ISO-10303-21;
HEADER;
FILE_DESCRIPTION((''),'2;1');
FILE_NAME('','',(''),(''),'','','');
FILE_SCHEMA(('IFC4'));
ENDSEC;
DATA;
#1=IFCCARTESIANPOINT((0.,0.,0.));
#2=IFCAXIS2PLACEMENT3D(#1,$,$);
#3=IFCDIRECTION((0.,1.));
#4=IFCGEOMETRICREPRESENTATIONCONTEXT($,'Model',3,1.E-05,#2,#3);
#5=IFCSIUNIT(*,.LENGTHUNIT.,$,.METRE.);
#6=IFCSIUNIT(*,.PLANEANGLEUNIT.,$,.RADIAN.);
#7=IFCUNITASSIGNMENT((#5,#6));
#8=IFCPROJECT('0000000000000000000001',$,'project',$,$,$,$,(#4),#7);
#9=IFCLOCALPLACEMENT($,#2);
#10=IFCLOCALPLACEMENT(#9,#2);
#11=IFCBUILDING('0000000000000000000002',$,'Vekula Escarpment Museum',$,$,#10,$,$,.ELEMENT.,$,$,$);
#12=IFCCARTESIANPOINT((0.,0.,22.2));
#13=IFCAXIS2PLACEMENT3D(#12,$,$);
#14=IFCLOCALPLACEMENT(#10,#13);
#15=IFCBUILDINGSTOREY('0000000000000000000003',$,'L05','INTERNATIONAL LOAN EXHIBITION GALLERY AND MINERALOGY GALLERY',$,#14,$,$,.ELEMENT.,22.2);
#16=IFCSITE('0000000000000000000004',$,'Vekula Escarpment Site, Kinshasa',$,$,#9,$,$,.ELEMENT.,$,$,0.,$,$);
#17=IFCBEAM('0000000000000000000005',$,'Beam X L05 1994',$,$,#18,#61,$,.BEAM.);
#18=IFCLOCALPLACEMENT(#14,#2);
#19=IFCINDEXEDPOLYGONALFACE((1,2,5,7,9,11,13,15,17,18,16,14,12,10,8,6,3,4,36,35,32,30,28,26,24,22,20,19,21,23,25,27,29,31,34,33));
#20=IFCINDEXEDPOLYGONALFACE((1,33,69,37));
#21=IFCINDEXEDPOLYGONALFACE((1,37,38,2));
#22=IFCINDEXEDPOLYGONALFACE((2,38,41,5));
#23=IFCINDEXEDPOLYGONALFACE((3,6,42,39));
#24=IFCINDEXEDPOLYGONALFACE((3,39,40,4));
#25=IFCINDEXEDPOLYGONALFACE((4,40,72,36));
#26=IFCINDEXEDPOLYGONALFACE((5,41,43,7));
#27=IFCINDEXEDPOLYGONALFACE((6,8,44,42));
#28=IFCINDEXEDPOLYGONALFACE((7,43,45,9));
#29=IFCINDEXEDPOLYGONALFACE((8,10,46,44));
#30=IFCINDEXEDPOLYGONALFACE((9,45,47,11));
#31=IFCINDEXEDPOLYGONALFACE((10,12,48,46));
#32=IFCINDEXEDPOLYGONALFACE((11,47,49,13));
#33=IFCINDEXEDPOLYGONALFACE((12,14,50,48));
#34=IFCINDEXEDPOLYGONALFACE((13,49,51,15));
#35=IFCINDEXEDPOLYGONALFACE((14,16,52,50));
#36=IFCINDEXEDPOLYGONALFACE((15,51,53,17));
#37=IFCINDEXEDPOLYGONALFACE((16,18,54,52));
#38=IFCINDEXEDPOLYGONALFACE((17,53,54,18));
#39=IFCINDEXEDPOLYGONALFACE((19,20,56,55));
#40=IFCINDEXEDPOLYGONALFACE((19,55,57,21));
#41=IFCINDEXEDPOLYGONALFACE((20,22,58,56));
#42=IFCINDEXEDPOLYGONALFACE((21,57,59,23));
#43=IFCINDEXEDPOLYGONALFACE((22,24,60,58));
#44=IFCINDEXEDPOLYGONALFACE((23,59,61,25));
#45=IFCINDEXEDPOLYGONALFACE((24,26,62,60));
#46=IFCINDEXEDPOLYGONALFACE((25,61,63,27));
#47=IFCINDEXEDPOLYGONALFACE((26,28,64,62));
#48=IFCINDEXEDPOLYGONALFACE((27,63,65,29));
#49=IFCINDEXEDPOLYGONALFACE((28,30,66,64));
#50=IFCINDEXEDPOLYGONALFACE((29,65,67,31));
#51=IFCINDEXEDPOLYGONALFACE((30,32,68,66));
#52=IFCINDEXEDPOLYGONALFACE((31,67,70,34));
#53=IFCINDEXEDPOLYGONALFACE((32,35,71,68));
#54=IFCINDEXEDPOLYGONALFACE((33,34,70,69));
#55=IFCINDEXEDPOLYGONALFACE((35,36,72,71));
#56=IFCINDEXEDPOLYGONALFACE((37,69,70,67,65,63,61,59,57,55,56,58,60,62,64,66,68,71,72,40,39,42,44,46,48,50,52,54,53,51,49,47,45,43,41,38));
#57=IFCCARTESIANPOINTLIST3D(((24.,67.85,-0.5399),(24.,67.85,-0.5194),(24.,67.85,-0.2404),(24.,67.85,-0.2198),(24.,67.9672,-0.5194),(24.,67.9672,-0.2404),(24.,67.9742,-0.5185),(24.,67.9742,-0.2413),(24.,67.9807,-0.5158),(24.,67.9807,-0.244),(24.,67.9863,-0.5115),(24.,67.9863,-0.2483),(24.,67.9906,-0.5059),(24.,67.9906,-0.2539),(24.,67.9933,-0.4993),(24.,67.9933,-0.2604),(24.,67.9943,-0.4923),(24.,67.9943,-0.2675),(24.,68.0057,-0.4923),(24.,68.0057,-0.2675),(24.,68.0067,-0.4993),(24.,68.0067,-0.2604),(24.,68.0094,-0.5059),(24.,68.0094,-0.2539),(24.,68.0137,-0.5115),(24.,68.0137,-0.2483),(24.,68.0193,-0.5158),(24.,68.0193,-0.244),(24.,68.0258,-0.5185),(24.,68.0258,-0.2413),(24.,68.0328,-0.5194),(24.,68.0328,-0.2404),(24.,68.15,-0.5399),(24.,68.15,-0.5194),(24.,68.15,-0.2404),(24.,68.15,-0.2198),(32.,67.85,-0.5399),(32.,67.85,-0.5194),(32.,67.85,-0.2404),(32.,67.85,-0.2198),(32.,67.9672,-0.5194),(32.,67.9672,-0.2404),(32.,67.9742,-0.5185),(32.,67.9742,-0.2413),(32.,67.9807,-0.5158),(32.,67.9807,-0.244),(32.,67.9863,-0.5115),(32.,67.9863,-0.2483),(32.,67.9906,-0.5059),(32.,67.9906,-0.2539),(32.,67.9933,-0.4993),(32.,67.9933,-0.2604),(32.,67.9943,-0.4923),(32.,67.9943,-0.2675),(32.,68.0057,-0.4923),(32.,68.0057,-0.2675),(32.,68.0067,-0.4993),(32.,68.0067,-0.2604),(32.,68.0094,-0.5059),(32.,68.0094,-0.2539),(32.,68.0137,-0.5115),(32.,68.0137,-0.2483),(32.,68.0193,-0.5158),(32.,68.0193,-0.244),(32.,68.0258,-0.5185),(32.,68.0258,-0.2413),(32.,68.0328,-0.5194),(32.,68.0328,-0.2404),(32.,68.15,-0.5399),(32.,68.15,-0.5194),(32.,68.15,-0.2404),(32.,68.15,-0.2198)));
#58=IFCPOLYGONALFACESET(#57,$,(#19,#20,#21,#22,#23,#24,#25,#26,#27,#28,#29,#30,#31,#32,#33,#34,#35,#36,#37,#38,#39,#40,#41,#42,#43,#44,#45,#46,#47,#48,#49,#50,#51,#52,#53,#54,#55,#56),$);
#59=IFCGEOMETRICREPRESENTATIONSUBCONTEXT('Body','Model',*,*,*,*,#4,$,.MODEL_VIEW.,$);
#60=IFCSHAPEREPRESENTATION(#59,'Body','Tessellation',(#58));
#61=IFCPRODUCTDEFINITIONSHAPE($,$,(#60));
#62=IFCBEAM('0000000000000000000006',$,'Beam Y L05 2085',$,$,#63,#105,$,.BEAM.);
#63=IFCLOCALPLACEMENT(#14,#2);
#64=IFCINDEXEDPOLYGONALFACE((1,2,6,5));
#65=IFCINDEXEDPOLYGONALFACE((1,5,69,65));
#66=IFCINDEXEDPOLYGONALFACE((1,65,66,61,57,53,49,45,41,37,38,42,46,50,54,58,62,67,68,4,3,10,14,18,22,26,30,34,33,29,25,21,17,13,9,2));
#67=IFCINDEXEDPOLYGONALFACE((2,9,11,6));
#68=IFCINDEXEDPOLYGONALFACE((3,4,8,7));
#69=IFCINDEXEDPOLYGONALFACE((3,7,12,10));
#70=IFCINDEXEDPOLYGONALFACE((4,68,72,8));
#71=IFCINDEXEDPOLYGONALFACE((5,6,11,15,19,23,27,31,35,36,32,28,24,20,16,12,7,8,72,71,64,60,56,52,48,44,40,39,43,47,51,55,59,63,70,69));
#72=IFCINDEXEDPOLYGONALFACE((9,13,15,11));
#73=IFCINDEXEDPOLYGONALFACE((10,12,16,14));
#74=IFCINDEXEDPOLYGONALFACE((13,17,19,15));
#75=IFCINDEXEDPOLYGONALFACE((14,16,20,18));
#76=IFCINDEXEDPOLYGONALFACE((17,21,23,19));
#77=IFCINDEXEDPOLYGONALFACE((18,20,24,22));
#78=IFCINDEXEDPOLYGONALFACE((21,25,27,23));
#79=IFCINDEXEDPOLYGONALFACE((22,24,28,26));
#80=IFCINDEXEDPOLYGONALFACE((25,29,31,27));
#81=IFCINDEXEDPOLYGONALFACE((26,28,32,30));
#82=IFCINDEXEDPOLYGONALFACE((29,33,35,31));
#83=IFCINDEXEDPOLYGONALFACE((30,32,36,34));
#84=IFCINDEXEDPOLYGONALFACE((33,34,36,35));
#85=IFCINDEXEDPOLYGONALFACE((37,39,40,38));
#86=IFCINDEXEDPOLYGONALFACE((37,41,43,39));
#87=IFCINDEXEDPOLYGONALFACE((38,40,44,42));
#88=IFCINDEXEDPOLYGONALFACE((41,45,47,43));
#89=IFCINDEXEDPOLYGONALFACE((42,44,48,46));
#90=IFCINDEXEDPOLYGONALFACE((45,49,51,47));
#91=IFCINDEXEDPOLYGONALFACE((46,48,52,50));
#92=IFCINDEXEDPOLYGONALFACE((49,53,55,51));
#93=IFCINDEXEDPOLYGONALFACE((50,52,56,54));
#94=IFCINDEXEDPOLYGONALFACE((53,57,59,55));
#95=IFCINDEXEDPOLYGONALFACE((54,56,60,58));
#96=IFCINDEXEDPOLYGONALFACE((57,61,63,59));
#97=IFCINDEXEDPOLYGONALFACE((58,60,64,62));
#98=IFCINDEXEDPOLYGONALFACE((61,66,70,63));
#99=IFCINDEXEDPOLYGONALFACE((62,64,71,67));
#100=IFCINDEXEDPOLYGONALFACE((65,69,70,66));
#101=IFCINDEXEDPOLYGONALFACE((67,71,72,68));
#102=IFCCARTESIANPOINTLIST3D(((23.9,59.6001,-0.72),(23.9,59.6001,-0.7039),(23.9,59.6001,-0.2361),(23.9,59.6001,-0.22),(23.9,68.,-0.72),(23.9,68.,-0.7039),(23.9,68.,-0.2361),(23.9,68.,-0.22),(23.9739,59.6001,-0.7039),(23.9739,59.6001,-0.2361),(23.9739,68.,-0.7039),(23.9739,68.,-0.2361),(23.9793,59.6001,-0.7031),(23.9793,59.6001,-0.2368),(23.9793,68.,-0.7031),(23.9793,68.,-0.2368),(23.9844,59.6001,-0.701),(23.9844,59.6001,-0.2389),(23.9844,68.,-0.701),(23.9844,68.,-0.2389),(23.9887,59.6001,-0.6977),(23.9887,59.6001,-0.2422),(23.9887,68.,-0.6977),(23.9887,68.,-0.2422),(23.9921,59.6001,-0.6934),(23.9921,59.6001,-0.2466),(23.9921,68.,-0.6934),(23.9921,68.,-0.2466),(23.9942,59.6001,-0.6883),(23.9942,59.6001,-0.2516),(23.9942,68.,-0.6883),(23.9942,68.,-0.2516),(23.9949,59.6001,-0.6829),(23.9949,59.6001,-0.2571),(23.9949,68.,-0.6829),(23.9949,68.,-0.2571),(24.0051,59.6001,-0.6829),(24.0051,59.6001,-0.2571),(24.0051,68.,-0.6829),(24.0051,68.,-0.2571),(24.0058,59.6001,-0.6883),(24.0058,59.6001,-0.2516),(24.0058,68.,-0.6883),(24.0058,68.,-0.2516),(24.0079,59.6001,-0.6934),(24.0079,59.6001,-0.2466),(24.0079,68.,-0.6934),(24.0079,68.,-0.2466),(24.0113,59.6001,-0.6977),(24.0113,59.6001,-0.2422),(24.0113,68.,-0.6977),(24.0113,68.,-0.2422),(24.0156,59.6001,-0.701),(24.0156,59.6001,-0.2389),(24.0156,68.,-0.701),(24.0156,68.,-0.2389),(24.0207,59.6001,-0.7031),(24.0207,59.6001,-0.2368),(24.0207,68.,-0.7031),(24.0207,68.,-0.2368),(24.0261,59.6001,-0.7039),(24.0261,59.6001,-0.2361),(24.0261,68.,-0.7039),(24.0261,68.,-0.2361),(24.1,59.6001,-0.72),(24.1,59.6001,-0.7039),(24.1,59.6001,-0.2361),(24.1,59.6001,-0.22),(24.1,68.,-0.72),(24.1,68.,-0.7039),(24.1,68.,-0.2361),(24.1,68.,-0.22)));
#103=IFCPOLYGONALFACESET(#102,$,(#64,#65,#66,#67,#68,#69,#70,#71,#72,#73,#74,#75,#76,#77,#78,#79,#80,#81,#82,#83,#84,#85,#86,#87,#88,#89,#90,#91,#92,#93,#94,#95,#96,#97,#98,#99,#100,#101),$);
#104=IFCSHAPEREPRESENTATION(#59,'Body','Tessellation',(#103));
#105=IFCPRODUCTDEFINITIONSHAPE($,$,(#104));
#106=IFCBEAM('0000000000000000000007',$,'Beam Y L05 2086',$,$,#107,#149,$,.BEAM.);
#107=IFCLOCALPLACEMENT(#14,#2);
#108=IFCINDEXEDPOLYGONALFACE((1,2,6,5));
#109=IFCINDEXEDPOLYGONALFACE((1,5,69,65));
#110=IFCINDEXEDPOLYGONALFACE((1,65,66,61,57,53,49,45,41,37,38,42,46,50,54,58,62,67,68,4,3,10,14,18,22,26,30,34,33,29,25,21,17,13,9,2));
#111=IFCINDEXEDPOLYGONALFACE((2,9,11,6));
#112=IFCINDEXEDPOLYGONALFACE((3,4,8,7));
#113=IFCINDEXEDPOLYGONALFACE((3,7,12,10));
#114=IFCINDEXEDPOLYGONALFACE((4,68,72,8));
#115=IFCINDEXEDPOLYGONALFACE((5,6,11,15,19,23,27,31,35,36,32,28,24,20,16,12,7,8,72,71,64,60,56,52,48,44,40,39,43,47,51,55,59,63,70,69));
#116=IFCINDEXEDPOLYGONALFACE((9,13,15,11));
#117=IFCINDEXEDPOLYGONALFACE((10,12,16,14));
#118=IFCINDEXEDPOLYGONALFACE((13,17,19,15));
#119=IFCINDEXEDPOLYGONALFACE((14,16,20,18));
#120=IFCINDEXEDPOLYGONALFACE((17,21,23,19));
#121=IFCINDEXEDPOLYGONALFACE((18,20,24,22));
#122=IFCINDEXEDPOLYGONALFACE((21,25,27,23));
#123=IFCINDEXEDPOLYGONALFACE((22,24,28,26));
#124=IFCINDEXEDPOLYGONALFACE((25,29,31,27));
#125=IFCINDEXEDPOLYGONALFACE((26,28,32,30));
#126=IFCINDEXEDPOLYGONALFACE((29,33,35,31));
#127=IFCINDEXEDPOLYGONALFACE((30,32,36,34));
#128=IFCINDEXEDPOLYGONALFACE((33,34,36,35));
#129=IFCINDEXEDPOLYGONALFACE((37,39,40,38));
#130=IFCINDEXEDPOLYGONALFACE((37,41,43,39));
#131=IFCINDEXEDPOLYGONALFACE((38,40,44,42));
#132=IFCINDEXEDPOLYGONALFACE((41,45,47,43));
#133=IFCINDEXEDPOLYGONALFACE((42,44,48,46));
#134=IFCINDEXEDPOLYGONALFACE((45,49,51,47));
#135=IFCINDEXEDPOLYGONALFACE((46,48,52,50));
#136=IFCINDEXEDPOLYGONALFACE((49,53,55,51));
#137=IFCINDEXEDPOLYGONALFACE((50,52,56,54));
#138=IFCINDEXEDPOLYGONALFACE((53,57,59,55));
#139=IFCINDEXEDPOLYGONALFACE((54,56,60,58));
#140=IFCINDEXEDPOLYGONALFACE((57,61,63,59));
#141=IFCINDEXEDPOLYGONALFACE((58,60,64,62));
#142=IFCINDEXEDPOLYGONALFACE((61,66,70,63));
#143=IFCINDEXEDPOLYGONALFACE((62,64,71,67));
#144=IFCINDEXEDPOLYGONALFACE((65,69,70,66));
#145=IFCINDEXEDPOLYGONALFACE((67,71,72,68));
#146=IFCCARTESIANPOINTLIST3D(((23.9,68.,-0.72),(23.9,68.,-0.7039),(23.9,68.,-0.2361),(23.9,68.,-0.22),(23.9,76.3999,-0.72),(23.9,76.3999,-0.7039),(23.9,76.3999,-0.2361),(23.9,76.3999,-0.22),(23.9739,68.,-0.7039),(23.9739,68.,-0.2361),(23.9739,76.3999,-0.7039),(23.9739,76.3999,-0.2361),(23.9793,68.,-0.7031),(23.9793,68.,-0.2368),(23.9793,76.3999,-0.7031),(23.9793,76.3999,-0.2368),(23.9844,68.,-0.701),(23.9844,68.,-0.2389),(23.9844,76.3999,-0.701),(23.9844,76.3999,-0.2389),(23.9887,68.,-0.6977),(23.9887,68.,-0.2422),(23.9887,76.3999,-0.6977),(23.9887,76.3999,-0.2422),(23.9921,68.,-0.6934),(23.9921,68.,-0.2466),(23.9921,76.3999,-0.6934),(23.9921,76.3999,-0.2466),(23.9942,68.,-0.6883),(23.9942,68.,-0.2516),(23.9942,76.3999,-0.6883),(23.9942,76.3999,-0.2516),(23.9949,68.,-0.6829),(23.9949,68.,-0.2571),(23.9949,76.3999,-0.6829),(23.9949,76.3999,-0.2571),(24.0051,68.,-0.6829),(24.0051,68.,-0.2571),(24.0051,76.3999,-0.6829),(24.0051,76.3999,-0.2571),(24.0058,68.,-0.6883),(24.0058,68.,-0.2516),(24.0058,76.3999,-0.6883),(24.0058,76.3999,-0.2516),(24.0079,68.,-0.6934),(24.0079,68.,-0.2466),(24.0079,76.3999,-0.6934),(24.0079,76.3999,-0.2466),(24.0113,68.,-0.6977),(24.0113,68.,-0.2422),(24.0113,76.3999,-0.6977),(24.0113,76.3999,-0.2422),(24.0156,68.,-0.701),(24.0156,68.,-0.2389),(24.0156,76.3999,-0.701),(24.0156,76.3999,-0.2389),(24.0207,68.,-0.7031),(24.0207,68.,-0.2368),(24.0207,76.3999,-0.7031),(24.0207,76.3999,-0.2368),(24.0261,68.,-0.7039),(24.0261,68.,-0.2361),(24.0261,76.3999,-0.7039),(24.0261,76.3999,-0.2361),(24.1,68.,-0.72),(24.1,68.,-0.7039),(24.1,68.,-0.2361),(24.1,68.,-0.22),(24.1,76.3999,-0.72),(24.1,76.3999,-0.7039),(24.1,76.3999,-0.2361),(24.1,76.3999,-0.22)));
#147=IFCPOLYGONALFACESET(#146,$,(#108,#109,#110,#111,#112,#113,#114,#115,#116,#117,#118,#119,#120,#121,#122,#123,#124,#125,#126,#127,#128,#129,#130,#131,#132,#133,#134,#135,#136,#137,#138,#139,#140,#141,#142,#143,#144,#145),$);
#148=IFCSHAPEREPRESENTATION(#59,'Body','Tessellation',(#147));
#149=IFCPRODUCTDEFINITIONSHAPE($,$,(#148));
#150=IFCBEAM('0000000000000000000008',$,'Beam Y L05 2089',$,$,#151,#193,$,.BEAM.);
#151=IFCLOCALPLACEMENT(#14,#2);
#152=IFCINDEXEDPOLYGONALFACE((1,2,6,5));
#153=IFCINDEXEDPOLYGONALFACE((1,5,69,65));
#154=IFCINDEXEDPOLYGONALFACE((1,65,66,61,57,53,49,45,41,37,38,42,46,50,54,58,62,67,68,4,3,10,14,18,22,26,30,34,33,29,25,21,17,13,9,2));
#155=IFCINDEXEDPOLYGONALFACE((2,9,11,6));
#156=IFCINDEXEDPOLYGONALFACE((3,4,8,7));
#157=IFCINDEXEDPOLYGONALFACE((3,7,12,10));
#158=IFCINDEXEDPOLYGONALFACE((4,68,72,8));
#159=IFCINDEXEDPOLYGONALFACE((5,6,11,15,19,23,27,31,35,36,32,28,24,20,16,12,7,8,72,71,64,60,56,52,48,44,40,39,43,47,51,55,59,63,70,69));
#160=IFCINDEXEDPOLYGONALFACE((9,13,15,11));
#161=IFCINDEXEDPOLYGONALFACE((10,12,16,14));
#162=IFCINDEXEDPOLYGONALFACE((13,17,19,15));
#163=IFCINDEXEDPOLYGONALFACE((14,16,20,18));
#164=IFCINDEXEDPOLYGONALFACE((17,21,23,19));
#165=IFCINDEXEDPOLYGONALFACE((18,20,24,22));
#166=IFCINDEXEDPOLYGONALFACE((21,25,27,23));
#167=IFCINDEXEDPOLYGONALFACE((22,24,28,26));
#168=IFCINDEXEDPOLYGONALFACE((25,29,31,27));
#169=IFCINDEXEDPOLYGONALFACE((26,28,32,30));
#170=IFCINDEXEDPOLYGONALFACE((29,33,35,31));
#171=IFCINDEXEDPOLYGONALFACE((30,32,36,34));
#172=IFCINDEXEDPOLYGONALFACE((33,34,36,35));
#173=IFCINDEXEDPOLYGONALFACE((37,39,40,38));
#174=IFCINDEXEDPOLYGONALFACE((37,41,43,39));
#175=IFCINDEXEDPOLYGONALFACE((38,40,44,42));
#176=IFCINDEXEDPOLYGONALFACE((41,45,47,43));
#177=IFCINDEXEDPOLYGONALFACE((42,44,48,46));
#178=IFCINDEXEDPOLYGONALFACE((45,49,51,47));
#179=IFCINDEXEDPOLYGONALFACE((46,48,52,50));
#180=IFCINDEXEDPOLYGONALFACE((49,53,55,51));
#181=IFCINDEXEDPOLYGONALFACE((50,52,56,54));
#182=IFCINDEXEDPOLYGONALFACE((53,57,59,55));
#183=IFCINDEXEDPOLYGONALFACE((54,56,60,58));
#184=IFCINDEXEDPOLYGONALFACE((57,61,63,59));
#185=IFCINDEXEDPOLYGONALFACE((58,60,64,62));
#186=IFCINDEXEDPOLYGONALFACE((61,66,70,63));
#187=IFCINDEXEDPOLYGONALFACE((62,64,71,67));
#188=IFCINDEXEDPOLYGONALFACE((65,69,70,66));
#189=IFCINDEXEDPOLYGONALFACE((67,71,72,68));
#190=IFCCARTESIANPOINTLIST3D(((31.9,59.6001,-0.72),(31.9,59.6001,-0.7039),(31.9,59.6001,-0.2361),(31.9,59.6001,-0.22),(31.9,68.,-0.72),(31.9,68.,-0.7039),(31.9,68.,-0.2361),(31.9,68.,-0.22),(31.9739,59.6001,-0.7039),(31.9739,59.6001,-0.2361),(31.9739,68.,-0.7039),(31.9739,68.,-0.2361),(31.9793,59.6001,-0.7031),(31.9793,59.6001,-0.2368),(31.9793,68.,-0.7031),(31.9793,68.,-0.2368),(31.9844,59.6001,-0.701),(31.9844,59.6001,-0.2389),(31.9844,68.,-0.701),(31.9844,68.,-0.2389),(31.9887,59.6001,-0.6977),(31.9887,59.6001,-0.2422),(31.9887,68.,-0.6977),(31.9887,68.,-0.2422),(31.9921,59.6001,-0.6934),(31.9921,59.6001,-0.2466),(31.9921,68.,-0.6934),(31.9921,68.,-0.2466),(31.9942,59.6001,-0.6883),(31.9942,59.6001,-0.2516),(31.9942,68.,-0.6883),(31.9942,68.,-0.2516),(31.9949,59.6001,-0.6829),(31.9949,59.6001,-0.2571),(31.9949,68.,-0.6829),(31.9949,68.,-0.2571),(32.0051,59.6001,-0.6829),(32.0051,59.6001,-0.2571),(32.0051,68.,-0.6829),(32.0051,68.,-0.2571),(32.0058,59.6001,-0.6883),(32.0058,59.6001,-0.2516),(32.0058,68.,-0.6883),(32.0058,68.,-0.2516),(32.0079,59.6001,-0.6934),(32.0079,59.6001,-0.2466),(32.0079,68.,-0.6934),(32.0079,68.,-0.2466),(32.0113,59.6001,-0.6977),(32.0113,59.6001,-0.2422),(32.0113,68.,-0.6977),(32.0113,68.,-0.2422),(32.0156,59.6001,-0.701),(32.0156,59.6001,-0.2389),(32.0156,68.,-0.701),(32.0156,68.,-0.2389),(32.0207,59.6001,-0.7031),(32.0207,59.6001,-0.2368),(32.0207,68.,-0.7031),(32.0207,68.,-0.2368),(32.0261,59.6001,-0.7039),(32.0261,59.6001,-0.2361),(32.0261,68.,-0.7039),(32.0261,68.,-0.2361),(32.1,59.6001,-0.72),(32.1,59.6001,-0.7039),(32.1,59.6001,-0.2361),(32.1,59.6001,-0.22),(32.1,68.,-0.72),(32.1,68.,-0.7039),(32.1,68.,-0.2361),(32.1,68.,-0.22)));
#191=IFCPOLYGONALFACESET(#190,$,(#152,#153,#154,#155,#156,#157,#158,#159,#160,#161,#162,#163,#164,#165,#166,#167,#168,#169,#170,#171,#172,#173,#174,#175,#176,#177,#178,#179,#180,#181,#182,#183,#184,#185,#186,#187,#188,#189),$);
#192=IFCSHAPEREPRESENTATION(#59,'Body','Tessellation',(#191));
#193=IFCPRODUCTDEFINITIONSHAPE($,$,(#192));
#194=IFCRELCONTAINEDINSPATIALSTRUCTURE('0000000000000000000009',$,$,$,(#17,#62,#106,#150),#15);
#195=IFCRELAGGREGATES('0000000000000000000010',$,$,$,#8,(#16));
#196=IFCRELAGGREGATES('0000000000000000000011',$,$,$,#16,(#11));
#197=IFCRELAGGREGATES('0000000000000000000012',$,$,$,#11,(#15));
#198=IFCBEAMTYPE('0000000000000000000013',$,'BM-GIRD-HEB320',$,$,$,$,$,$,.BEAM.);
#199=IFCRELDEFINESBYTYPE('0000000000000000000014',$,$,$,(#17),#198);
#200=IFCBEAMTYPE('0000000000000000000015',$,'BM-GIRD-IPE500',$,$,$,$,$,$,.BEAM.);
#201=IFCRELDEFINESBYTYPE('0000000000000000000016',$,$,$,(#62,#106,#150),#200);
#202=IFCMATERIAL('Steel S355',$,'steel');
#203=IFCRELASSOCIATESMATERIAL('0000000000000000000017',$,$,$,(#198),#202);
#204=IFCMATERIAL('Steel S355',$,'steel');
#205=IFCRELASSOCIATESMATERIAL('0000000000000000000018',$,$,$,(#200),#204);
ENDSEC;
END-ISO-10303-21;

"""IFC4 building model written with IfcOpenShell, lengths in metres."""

from ifc_helpers import new_model, si_unit, direction, frame, origin, origin_2d, place, context, subcontext, project, spatial, i_section, extrude, material, material_profile, profile_set, type_object, element, save


model = new_model("IFC4")

# Units and contexts
model_context = context("Model", 3, precision=1e-05, world=origin(), true_north=direction((0.0, 1.0)))
body_context = subcontext(model_context, "Body", "Model", "MODEL_VIEW")
ifc_project = project(units=[si_unit("LENGTHUNIT", "METRE"), si_unit("PLANEANGLEUNIT", "RADIAN")], contexts=[model_context])

# Site, building, storey
site_placement = place(None, origin())
site = spatial("IfcSite", under=ifc_project, at=site_placement, Name="Vekula Escarpment Site, Kinshasa", CompositionType="ELEMENT", RefElevation=0.0)
building_placement = place(site_placement, origin())
building = spatial("IfcBuilding", under=site, at=building_placement, Name="Vekula Escarpment Museum", CompositionType="ELEMENT")
storey_placement = place(building_placement, frame((0.0, 0.0, 22.2)))
storey = spatial("IfcBuildingStorey", under=building, at=storey_placement, Name="L05", Description="INTERNATIONAL LOAN EXHIBITION GALLERY AND MINERALOGY GALLERY", CompositionType="ELEMENT", Elevation=22.2)

# Beams
ifc_material_1 = material(Name="Steel S355", Category="steel")
ifc_material_profile_1 = material_profile(ifc_material_1, i_section(OverallWidth=0.3, OverallDepth=0.3201, WebThickness=0.0115, FlangeThickness=0.0205, FilletRadius=0.0271, at=origin_2d()), Name="HEB 320")
ifc_profile_set_1 = profile_set([ifc_material_profile_1], Name="Steel S355")
beam_type_1 = type_object("IfcBeamType", Name="BM-GIRD-HEB320", PredefinedType="BEAM", material=ifc_profile_set_1)
beam_1_placement = place(storey_placement, frame((24.0, 68.0, -0.3799), z_axis=(1.0, 0.0, 0.0), x_axis=(0.0, 1.0, 0.0)))
element("IfcBeam", 1, at=beam_1_placement, inside=storey, type_object=beam_type_1, Name="Beam X L05 1994", PredefinedType="BEAM", context=body_context, shape_type="SweptSolid", body=[
    extrude(i_section(OverallWidth=0.3, OverallDepth=0.3201, WebThickness=0.0115, FlangeThickness=0.0205, FilletRadius=0.0271, at=origin_2d()), origin(), (0.0, 0.0, 1.0), 8.0),
])
ifc_material_2 = material(Name="Steel S355", Category="steel")
ifc_material_profile_2 = material_profile(ifc_material_2, i_section(OverallWidth=0.2, OverallDepth=0.5, WebThickness=0.0103, FlangeThickness=0.0161, FilletRadius=0.021, at=origin_2d()), Name="IPE 500")
ifc_profile_set_2 = profile_set([ifc_material_profile_2], Name="Steel S355")
beam_type_2 = type_object("IfcBeamType", Name="BM-GIRD-IPE500", PredefinedType="BEAM", material=ifc_profile_set_2)
for number, where, z_axis, x_axis, name in (
    (2, (24.0, 59.6001, -0.47), (0.0, 1.0, 0.0), (-1.0, 0.0, 0.0), "Beam Y L05 2085"),
    (3, (24.0, 68.0, -0.47), (0.0, 1.0, 0.0), (-1.0, 0.0, 0.0), "Beam Y L05 2086"),
    (4, (32.0, 59.6001, -0.47), (0.0, 1.0, 0.0), (-1.0, 0.0, 0.0), "Beam Y L05 2089"),
):
    element("IfcBeam", number, at=place(storey_placement, frame(where, z_axis=z_axis, x_axis=x_axis)), inside=storey, type_object=beam_type_2, Name=name, PredefinedType="BEAM", context=body_context, shape_type="SweptSolid", body=[
        extrude(i_section(OverallWidth=0.2, OverallDepth=0.5, WebThickness=0.0103, FlangeThickness=0.0161, FilletRadius=0.021, at=origin_2d()), origin(), (0.0, 0.0, 1.0), 8.3999),
    ])

save(model, "model.ifc")
